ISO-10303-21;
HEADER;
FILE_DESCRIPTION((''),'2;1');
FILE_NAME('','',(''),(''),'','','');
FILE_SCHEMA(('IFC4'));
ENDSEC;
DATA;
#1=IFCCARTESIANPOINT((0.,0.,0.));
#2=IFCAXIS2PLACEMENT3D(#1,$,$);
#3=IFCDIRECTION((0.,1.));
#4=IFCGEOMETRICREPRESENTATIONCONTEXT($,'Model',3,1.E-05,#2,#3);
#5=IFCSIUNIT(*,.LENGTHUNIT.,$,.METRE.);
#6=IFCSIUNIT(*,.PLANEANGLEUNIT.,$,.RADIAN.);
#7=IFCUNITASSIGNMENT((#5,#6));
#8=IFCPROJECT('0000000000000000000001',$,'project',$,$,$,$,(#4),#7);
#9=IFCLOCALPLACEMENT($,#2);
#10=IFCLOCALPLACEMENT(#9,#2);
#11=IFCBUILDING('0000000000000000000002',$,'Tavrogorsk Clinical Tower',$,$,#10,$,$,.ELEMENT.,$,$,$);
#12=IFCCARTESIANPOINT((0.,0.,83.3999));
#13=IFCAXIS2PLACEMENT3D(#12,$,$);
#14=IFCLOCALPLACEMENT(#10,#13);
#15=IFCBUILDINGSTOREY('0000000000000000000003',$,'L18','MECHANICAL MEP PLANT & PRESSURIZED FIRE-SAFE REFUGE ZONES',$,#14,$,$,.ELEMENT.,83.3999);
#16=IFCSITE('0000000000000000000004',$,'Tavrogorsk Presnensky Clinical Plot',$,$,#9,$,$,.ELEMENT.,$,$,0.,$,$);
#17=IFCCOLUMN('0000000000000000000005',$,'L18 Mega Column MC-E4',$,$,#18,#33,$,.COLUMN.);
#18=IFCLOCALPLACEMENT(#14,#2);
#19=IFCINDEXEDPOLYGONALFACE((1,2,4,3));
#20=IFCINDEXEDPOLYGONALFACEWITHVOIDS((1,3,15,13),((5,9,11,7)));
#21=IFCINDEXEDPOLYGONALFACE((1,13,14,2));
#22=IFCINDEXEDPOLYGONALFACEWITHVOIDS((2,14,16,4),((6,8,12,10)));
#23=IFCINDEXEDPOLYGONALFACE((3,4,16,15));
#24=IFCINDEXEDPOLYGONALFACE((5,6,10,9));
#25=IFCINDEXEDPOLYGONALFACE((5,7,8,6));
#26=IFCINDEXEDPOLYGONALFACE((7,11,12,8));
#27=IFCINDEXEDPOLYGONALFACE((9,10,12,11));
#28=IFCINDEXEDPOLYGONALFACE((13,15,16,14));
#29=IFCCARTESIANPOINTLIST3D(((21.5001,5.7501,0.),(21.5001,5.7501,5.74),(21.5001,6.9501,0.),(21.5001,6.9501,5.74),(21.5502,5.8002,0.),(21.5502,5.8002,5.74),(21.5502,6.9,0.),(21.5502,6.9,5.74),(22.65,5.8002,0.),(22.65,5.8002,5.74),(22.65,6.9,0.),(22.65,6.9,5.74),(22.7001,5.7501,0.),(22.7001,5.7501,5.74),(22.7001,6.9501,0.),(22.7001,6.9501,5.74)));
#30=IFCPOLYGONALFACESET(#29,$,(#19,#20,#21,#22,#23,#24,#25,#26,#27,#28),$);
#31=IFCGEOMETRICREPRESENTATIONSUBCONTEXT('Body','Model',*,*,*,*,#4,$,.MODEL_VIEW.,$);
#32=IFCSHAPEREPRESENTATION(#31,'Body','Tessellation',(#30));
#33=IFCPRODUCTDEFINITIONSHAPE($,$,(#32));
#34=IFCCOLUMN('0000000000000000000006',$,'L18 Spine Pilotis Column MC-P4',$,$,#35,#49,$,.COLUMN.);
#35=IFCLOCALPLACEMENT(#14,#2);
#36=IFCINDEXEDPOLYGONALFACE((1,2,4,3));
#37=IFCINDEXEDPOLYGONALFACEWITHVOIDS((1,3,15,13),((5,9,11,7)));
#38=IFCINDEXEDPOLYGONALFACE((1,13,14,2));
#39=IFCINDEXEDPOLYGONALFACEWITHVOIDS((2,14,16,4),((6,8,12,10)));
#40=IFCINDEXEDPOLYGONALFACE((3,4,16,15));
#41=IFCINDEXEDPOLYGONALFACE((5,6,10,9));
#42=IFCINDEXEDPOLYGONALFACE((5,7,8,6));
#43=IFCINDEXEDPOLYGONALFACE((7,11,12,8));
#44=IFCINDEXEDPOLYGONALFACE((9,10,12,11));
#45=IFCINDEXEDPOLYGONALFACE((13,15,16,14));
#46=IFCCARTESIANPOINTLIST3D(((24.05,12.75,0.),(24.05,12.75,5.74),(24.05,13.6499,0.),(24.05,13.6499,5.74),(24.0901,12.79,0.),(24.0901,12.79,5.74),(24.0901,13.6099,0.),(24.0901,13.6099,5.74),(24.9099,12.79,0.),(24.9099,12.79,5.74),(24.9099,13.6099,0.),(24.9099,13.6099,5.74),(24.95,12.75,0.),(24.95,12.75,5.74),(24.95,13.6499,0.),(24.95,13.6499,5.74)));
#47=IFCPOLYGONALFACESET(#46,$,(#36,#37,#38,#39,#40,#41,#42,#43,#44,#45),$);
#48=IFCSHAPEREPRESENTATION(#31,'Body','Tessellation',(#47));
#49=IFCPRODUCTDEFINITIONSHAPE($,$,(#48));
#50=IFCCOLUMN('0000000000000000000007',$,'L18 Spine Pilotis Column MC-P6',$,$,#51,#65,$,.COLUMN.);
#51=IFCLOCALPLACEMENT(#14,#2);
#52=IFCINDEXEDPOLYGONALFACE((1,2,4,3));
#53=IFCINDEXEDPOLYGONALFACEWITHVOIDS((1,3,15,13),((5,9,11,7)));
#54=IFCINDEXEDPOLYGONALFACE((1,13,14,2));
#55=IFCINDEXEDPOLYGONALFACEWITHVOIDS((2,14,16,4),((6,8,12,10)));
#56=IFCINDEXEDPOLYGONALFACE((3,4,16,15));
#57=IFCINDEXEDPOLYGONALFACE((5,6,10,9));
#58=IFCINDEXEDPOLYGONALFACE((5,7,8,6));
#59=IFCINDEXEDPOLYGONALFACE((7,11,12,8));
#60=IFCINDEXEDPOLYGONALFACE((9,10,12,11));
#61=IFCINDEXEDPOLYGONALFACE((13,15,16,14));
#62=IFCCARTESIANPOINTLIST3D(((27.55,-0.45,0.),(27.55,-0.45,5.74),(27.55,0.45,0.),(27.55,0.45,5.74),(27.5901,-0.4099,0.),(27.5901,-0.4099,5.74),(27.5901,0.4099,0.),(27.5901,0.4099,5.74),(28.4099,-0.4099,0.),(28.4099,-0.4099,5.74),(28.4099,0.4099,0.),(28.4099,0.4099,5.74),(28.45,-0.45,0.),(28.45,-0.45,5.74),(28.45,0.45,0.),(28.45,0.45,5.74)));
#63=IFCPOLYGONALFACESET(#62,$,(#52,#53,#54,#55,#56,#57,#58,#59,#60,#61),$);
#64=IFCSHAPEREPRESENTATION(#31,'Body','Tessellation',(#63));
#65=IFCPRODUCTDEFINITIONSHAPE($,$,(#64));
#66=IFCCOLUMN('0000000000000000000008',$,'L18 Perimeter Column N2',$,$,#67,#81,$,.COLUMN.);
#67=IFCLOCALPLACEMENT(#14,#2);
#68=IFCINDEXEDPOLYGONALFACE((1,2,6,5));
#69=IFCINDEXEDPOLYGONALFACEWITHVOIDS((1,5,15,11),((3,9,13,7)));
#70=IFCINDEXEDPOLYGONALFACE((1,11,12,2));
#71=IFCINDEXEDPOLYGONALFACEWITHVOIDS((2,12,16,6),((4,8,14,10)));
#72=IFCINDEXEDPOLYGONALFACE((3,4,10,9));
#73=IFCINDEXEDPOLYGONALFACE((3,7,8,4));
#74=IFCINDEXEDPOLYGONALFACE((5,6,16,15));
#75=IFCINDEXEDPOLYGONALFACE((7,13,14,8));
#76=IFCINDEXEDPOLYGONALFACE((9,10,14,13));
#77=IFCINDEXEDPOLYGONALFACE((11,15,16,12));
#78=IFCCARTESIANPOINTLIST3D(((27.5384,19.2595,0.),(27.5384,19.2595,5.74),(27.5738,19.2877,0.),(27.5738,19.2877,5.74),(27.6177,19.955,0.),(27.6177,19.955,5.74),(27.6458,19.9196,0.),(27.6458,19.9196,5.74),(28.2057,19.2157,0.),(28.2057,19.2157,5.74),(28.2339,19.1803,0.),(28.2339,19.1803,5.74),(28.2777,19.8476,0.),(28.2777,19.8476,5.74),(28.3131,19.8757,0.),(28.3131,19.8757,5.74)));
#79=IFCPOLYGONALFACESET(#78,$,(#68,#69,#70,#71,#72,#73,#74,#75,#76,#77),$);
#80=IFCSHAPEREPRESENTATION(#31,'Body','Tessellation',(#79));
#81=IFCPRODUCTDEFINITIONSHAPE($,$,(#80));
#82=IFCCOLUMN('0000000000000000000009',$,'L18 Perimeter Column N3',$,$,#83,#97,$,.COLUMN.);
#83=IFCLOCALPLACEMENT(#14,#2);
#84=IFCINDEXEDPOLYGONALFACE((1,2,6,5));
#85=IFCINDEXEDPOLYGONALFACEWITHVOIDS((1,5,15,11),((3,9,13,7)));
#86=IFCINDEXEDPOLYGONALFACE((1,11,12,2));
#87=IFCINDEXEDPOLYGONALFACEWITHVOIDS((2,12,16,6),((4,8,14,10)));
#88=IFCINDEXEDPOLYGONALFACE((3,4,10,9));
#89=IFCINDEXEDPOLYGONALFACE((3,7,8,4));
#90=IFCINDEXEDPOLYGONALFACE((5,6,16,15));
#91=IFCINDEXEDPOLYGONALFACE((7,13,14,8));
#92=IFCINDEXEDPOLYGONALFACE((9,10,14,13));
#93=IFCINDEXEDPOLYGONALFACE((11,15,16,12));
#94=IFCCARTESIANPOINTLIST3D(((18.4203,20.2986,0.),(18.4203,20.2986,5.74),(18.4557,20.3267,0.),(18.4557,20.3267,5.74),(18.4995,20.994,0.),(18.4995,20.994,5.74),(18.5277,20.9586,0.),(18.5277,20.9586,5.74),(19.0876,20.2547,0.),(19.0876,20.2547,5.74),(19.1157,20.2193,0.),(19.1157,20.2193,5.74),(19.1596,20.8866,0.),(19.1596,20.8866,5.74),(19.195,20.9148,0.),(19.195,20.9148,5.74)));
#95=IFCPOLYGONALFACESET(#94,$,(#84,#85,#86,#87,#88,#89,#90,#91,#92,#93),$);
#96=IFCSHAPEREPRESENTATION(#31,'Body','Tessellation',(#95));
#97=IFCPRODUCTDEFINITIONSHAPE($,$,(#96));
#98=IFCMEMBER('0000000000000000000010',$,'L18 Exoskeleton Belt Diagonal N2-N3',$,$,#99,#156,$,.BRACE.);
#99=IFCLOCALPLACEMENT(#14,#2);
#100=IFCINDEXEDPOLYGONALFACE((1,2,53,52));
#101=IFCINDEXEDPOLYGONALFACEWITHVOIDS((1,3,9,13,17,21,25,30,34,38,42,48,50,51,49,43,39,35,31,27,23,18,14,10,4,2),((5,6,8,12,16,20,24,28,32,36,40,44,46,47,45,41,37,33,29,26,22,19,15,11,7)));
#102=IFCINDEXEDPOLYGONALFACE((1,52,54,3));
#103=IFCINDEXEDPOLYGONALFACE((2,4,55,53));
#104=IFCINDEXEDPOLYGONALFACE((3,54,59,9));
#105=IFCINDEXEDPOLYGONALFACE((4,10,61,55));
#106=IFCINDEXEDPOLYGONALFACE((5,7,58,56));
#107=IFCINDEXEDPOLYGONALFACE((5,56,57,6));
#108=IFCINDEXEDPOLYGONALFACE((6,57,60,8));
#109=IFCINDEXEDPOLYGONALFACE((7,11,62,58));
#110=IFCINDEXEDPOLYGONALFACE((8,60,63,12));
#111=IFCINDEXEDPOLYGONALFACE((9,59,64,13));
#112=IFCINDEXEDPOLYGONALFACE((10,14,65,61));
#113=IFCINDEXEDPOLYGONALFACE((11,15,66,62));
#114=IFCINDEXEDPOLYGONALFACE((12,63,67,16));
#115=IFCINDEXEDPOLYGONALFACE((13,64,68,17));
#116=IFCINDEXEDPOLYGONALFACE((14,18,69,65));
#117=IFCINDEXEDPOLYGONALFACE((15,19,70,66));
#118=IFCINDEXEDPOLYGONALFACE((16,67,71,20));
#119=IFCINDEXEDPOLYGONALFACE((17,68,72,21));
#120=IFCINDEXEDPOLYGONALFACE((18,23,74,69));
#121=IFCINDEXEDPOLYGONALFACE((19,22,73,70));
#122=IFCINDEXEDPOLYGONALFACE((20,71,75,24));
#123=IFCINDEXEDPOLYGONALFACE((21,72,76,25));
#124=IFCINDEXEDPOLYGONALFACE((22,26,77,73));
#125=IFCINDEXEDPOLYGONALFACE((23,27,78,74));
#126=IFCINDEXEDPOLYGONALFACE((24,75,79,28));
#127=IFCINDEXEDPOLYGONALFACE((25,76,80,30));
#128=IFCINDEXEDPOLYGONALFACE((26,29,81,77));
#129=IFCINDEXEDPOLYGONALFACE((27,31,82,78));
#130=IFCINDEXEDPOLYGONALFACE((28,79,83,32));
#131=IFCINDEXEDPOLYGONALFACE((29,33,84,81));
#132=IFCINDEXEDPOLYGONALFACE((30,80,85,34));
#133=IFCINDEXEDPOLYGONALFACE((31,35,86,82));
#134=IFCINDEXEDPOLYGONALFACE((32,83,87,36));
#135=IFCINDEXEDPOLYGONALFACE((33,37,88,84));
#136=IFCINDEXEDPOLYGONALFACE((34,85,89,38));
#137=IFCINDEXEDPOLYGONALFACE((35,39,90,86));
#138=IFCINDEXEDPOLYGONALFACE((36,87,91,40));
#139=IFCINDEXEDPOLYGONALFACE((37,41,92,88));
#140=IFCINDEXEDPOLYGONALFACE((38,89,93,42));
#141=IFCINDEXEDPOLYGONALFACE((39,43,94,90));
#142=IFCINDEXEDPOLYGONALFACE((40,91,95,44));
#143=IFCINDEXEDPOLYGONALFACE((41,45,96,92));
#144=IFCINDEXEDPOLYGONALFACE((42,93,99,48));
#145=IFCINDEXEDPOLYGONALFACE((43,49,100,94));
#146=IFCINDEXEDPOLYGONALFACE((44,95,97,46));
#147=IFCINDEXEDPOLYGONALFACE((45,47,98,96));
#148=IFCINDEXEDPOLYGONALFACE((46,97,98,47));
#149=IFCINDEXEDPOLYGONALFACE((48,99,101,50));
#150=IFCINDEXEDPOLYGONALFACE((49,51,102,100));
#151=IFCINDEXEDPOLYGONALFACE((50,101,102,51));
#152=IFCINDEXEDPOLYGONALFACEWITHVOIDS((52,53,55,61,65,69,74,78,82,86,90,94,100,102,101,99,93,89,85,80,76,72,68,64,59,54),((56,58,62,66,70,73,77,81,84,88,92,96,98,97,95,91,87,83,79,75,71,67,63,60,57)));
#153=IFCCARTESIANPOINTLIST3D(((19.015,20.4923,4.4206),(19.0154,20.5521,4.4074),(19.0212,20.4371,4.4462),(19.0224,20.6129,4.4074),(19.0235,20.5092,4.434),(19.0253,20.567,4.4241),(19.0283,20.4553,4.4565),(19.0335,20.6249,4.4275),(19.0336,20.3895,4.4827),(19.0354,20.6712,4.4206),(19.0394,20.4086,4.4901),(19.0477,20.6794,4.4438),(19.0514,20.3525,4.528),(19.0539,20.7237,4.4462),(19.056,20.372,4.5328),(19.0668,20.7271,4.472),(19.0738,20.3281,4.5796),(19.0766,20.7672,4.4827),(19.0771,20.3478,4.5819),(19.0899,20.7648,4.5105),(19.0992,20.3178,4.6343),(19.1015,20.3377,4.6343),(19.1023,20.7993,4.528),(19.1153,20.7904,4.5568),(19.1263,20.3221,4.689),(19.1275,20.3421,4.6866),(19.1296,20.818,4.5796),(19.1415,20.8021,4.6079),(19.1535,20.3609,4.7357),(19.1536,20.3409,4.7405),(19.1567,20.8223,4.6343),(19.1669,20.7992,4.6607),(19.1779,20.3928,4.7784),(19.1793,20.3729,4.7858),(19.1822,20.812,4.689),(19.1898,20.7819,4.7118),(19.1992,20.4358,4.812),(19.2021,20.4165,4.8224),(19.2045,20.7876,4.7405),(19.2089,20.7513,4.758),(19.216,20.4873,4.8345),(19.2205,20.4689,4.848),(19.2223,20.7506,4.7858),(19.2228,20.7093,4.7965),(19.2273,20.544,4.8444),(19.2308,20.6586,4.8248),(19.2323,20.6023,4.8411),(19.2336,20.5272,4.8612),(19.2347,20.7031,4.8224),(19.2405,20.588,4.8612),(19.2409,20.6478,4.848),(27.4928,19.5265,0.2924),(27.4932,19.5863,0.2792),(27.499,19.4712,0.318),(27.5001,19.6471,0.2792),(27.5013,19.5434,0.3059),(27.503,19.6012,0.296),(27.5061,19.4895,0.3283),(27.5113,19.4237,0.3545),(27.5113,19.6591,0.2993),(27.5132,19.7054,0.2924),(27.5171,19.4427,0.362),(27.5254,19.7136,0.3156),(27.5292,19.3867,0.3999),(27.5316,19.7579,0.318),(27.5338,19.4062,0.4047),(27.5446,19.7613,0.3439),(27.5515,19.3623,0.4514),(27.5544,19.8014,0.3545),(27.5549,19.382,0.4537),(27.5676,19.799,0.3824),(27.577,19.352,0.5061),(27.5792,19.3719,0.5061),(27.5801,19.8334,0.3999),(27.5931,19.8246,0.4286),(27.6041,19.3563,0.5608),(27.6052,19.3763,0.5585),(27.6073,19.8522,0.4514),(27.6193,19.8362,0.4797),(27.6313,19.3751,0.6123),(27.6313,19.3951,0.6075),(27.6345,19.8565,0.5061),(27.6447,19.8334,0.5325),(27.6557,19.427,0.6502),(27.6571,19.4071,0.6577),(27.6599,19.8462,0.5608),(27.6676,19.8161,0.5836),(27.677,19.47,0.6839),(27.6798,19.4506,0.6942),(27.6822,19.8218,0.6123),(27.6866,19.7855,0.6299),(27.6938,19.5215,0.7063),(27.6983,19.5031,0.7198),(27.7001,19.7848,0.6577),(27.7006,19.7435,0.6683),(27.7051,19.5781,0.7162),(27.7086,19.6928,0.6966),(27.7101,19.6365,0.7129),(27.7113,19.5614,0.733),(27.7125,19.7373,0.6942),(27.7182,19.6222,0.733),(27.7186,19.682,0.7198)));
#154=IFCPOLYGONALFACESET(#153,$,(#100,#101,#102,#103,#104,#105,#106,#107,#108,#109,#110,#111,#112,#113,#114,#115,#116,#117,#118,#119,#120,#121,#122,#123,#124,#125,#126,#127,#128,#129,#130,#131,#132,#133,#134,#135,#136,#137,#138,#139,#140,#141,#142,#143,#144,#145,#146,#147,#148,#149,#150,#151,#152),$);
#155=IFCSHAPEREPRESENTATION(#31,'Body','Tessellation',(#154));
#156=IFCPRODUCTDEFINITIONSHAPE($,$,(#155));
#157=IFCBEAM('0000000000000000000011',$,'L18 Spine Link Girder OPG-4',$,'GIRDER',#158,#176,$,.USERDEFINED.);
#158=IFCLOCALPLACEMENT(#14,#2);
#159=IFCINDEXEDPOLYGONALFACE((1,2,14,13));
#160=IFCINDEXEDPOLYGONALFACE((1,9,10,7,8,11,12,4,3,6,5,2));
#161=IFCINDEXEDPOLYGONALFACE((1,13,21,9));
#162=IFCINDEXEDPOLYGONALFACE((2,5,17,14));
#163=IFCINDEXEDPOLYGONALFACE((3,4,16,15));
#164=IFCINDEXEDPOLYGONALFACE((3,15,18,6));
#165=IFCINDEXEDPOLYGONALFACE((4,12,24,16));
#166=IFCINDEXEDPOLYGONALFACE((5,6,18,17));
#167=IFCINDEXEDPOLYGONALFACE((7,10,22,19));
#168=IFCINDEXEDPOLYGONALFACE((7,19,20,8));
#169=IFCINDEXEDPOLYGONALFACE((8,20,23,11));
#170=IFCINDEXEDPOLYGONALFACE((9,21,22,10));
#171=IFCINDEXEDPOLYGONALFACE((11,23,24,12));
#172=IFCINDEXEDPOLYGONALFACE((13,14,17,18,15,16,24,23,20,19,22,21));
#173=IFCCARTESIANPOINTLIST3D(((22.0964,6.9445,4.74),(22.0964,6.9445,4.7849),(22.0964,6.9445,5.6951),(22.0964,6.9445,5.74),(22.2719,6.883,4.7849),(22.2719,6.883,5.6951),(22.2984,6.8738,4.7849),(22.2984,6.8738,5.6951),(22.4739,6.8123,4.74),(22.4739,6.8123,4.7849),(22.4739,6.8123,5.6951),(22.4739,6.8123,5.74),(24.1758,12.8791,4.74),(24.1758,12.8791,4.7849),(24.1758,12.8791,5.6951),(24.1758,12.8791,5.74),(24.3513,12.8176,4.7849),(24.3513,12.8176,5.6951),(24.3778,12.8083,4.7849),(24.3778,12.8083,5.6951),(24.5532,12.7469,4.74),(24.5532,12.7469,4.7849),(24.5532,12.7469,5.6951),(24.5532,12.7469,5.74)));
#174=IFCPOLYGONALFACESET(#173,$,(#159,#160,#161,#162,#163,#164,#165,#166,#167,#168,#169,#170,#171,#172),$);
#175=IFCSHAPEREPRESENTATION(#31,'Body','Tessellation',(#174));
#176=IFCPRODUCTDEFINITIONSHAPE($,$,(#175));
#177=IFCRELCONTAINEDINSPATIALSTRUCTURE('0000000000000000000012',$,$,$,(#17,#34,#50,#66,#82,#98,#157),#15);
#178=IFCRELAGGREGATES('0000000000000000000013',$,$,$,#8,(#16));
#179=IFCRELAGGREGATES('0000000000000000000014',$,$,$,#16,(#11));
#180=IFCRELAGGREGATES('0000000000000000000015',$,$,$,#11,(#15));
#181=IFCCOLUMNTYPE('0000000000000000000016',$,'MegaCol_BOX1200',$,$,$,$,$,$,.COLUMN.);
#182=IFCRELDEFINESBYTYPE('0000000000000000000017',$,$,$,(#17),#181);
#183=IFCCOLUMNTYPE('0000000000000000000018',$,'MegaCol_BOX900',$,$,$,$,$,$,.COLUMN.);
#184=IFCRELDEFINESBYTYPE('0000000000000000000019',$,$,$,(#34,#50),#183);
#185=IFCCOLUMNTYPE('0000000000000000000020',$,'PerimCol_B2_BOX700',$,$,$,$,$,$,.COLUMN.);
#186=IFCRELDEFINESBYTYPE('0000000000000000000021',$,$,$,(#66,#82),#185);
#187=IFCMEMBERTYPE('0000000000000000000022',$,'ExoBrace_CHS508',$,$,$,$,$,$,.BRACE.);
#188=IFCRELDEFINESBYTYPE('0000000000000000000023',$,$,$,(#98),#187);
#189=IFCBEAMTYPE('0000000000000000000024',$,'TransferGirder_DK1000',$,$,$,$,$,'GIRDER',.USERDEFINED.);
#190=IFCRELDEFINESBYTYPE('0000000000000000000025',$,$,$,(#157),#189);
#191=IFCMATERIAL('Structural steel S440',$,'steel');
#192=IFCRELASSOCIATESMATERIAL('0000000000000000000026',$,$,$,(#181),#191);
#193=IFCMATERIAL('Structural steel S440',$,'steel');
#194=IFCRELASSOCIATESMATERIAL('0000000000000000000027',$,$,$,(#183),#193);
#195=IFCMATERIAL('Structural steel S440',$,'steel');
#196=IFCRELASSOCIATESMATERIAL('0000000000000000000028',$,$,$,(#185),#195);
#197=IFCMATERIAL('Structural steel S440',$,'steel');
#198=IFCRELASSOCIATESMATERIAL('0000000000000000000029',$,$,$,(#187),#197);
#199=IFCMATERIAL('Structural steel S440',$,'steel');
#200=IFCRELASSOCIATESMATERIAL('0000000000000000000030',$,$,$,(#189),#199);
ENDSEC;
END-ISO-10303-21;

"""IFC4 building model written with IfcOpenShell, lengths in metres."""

from ifc_helpers import new_model, si_unit, direction, frame, origin, origin_2d, place, context, subcontext, project, spatial, hollow_rectangle, hollow_circle, i_section, extrude, material, material_profile, profile_set, type_object, element, save


model = new_model("IFC4")

# Units and contexts
model_context = context("Model", 3, precision=1e-05, world=origin(), true_north=direction((0.0, 1.0)))
body_context = subcontext(model_context, "Body", "Model", "MODEL_VIEW")
ifc_project = project(units=[si_unit("LENGTHUNIT", "METRE"), si_unit("PLANEANGLEUNIT", "RADIAN")], contexts=[model_context])

# Site, building, storey
site_placement = place(None, origin())
site = spatial("IfcSite", under=ifc_project, at=site_placement, Name="Tavrogorsk Presnensky Clinical Plot", CompositionType="ELEMENT", RefElevation=0.0)
building_placement = place(site_placement, origin())
building = spatial("IfcBuilding", under=site, at=building_placement, Name="Tavrogorsk Clinical Tower", CompositionType="ELEMENT")
storey_placement = place(building_placement, frame((0.0, 0.0, 83.3999)))
storey = spatial("IfcBuildingStorey", under=building, at=storey_placement, Name="L18", Description="MECHANICAL MEP PLANT & PRESSURIZED FIRE-SAFE REFUGE ZONES", CompositionType="ELEMENT", Elevation=83.3999)

# Columns
ifc_material_1 = material(Name="Structural steel S440", Category="steel")
ifc_material_profile_1 = material_profile(ifc_material_1, hollow_rectangle(XDim=1.2, YDim=1.2, WallThickness=0.05, at=origin_2d()), Name="BOX-1200x1200x50")
ifc_profile_set_1 = profile_set([ifc_material_profile_1], Name="Structural steel S440")
column_type_1 = type_object("IfcColumnType", Name="MegaCol_BOX1200", PredefinedType="COLUMN", material=ifc_profile_set_1)
column_placement = place(storey_placement, frame((22.1001, 6.3501, 0.0), z_axis=(0.0, 0.0, 1.0), x_axis=(1.0, 0.0, 0.0)))
element("IfcColumn", 1, at=column_placement, inside=storey, type_object=column_type_1, Name="L18 Mega Column MC-E4", PredefinedType="COLUMN", context=body_context, shape_type="SweptSolid", body=[
    extrude(hollow_rectangle(XDim=1.2, YDim=1.2, WallThickness=0.05, at=origin_2d()), origin(), (0.0, 0.0, 1.0), 5.74),
])
ifc_material_2 = material(Name="Structural steel S440", Category="steel")
ifc_material_profile_2 = material_profile(ifc_material_2, hollow_rectangle(XDim=0.8999, YDim=0.8999, WallThickness=0.04, at=origin_2d()), Name="BOX-900x900x40")
ifc_profile_set_2 = profile_set([ifc_material_profile_2], Name="Structural steel S440")
column_type_2 = type_object("IfcColumnType", Name="MegaCol_BOX900", PredefinedType="COLUMN", material=ifc_profile_set_2)
for number, where, z_axis, x_axis, name in (
    (2, (24.5, 13.2, 0.0), (0.0, 0.0, 1.0), (1.0, 0.0, 0.0), "L18 Spine Pilotis Column MC-P4"),
    (3, (28.0, 0.0, 0.0), (0.0, 0.0, 1.0), (1.0, 0.0, 0.0), "L18 Spine Pilotis Column MC-P6"),
):
    element("IfcColumn", number, at=place(storey_placement, frame(where, z_axis=z_axis, x_axis=x_axis)), inside=storey, type_object=column_type_2, Name=name, PredefinedType="COLUMN", context=body_context, shape_type="SweptSolid", body=[
        extrude(hollow_rectangle(XDim=0.8999, YDim=0.8999, WallThickness=0.04, at=origin_2d()), origin(), (0.0, 0.0, 1.0), 5.74),
    ])
ifc_material_3 = material(Name="Structural steel S440", Category="steel")
ifc_material_profile_3 = material_profile(ifc_material_3, hollow_rectangle(XDim=0.7, YDim=0.7, WallThickness=0.032, at=origin_2d()), Name="BOX-700x700x32")
ifc_profile_set_3 = profile_set([ifc_material_profile_3], Name="Structural steel S440")
column_type_3 = type_object("IfcColumnType", Name="PerimCol_B2_BOX700", PredefinedType="COLUMN", material=ifc_profile_set_3)
for number, where, z_axis, x_axis, name in (
    (4, (27.9258, 19.5676, 0.0), (0.0, 0.0, 1.0), (0.993572, -0.113203, 0.0), "L18 Perimeter Column N2"),
    (5, (18.8076, 20.6067, 0.0), (0.0, 0.0, 1.0), (0.993572, -0.113203, 0.0), "L18 Perimeter Column N3"),
):
    element("IfcColumn", number, at=place(storey_placement, frame(where, z_axis=z_axis, x_axis=x_axis)), inside=storey, type_object=column_type_3, Name=name, PredefinedType="COLUMN", context=body_context, shape_type="SweptSolid", body=[
        extrude(hollow_rectangle(XDim=0.7, YDim=0.7, WallThickness=0.032, at=origin_2d()), origin(), (0.0, 0.0, 1.0), 5.74),
    ])

# Member
ifc_material_4 = material(Name="Structural steel S440", Category="steel")
ifc_material_profile_4 = material_profile(ifc_material_4, hollow_circle(Radius=0.2539, WallThickness=0.02, at=origin_2d()), Name="CHS-508x20")
ifc_profile_set_4 = profile_set([ifc_material_profile_4], Name="Structural steel S440")
member_type = type_object("IfcMemberType", Name="ExoBrace_CHS508", PredefinedType="BRACE", material=ifc_profile_set_4)
member_placement = place(storey_placement, frame((27.6057, 19.6042, 0.5061), z_axis=(-0.894395, 0.101893, 0.435517), x_axis=(-0.113192, -0.993573, 0.0)))
element("IfcMember", 6, at=member_placement, inside=storey, type_object=member_type, Name="L18 Exoskeleton Belt Diagonal N2-N3", PredefinedType="BRACE", context=body_context, shape_type="SweptSolid", body=[
    extrude(hollow_circle(Radius=0.2539, WallThickness=0.02, at=origin_2d()), origin(), (0.0, 0.0, 1.0), 9.4788),
])

# Beam
ifc_material_5 = material(Name="Structural steel S440", Category="steel")
ifc_material_profile_5 = material_profile(ifc_material_5, i_section(OverallWidth=0.3999, OverallDepth=1.0, WebThickness=0.0281, FlangeThickness=0.0449, at=origin_2d()), Name="DK-1000x400x28x45")
ifc_profile_set_5 = profile_set([ifc_material_profile_5], Name="Structural steel S440")
beam_type_1 = type_object("IfcBeamType", Name="TransferGirder_DK1000", ElementType="GIRDER", PredefinedType="USERDEFINED", material=ifc_profile_set_5)
beam_1_placement = place(storey_placement, frame((24.3645, 12.813, 5.24), z_axis=(-0.330669, -0.943747, 0.0), x_axis=(0.943747, -0.330669, 0.0)))
element("IfcBeam", 7, at=beam_1_placement, inside=storey, type_object=beam_type_1, Name="L18 Spine Link Girder OPG-4", ObjectType="GIRDER", PredefinedType="USERDEFINED", context=body_context, shape_type="SweptSolid", body=[
    extrude(i_section(OverallWidth=0.3999, OverallDepth=1.0, WebThickness=0.0281, FlangeThickness=0.0449, at=origin_2d()), origin(), (0.0, 0.0, 1.0), 6.2883),
])

save(model, "model.ifc")
